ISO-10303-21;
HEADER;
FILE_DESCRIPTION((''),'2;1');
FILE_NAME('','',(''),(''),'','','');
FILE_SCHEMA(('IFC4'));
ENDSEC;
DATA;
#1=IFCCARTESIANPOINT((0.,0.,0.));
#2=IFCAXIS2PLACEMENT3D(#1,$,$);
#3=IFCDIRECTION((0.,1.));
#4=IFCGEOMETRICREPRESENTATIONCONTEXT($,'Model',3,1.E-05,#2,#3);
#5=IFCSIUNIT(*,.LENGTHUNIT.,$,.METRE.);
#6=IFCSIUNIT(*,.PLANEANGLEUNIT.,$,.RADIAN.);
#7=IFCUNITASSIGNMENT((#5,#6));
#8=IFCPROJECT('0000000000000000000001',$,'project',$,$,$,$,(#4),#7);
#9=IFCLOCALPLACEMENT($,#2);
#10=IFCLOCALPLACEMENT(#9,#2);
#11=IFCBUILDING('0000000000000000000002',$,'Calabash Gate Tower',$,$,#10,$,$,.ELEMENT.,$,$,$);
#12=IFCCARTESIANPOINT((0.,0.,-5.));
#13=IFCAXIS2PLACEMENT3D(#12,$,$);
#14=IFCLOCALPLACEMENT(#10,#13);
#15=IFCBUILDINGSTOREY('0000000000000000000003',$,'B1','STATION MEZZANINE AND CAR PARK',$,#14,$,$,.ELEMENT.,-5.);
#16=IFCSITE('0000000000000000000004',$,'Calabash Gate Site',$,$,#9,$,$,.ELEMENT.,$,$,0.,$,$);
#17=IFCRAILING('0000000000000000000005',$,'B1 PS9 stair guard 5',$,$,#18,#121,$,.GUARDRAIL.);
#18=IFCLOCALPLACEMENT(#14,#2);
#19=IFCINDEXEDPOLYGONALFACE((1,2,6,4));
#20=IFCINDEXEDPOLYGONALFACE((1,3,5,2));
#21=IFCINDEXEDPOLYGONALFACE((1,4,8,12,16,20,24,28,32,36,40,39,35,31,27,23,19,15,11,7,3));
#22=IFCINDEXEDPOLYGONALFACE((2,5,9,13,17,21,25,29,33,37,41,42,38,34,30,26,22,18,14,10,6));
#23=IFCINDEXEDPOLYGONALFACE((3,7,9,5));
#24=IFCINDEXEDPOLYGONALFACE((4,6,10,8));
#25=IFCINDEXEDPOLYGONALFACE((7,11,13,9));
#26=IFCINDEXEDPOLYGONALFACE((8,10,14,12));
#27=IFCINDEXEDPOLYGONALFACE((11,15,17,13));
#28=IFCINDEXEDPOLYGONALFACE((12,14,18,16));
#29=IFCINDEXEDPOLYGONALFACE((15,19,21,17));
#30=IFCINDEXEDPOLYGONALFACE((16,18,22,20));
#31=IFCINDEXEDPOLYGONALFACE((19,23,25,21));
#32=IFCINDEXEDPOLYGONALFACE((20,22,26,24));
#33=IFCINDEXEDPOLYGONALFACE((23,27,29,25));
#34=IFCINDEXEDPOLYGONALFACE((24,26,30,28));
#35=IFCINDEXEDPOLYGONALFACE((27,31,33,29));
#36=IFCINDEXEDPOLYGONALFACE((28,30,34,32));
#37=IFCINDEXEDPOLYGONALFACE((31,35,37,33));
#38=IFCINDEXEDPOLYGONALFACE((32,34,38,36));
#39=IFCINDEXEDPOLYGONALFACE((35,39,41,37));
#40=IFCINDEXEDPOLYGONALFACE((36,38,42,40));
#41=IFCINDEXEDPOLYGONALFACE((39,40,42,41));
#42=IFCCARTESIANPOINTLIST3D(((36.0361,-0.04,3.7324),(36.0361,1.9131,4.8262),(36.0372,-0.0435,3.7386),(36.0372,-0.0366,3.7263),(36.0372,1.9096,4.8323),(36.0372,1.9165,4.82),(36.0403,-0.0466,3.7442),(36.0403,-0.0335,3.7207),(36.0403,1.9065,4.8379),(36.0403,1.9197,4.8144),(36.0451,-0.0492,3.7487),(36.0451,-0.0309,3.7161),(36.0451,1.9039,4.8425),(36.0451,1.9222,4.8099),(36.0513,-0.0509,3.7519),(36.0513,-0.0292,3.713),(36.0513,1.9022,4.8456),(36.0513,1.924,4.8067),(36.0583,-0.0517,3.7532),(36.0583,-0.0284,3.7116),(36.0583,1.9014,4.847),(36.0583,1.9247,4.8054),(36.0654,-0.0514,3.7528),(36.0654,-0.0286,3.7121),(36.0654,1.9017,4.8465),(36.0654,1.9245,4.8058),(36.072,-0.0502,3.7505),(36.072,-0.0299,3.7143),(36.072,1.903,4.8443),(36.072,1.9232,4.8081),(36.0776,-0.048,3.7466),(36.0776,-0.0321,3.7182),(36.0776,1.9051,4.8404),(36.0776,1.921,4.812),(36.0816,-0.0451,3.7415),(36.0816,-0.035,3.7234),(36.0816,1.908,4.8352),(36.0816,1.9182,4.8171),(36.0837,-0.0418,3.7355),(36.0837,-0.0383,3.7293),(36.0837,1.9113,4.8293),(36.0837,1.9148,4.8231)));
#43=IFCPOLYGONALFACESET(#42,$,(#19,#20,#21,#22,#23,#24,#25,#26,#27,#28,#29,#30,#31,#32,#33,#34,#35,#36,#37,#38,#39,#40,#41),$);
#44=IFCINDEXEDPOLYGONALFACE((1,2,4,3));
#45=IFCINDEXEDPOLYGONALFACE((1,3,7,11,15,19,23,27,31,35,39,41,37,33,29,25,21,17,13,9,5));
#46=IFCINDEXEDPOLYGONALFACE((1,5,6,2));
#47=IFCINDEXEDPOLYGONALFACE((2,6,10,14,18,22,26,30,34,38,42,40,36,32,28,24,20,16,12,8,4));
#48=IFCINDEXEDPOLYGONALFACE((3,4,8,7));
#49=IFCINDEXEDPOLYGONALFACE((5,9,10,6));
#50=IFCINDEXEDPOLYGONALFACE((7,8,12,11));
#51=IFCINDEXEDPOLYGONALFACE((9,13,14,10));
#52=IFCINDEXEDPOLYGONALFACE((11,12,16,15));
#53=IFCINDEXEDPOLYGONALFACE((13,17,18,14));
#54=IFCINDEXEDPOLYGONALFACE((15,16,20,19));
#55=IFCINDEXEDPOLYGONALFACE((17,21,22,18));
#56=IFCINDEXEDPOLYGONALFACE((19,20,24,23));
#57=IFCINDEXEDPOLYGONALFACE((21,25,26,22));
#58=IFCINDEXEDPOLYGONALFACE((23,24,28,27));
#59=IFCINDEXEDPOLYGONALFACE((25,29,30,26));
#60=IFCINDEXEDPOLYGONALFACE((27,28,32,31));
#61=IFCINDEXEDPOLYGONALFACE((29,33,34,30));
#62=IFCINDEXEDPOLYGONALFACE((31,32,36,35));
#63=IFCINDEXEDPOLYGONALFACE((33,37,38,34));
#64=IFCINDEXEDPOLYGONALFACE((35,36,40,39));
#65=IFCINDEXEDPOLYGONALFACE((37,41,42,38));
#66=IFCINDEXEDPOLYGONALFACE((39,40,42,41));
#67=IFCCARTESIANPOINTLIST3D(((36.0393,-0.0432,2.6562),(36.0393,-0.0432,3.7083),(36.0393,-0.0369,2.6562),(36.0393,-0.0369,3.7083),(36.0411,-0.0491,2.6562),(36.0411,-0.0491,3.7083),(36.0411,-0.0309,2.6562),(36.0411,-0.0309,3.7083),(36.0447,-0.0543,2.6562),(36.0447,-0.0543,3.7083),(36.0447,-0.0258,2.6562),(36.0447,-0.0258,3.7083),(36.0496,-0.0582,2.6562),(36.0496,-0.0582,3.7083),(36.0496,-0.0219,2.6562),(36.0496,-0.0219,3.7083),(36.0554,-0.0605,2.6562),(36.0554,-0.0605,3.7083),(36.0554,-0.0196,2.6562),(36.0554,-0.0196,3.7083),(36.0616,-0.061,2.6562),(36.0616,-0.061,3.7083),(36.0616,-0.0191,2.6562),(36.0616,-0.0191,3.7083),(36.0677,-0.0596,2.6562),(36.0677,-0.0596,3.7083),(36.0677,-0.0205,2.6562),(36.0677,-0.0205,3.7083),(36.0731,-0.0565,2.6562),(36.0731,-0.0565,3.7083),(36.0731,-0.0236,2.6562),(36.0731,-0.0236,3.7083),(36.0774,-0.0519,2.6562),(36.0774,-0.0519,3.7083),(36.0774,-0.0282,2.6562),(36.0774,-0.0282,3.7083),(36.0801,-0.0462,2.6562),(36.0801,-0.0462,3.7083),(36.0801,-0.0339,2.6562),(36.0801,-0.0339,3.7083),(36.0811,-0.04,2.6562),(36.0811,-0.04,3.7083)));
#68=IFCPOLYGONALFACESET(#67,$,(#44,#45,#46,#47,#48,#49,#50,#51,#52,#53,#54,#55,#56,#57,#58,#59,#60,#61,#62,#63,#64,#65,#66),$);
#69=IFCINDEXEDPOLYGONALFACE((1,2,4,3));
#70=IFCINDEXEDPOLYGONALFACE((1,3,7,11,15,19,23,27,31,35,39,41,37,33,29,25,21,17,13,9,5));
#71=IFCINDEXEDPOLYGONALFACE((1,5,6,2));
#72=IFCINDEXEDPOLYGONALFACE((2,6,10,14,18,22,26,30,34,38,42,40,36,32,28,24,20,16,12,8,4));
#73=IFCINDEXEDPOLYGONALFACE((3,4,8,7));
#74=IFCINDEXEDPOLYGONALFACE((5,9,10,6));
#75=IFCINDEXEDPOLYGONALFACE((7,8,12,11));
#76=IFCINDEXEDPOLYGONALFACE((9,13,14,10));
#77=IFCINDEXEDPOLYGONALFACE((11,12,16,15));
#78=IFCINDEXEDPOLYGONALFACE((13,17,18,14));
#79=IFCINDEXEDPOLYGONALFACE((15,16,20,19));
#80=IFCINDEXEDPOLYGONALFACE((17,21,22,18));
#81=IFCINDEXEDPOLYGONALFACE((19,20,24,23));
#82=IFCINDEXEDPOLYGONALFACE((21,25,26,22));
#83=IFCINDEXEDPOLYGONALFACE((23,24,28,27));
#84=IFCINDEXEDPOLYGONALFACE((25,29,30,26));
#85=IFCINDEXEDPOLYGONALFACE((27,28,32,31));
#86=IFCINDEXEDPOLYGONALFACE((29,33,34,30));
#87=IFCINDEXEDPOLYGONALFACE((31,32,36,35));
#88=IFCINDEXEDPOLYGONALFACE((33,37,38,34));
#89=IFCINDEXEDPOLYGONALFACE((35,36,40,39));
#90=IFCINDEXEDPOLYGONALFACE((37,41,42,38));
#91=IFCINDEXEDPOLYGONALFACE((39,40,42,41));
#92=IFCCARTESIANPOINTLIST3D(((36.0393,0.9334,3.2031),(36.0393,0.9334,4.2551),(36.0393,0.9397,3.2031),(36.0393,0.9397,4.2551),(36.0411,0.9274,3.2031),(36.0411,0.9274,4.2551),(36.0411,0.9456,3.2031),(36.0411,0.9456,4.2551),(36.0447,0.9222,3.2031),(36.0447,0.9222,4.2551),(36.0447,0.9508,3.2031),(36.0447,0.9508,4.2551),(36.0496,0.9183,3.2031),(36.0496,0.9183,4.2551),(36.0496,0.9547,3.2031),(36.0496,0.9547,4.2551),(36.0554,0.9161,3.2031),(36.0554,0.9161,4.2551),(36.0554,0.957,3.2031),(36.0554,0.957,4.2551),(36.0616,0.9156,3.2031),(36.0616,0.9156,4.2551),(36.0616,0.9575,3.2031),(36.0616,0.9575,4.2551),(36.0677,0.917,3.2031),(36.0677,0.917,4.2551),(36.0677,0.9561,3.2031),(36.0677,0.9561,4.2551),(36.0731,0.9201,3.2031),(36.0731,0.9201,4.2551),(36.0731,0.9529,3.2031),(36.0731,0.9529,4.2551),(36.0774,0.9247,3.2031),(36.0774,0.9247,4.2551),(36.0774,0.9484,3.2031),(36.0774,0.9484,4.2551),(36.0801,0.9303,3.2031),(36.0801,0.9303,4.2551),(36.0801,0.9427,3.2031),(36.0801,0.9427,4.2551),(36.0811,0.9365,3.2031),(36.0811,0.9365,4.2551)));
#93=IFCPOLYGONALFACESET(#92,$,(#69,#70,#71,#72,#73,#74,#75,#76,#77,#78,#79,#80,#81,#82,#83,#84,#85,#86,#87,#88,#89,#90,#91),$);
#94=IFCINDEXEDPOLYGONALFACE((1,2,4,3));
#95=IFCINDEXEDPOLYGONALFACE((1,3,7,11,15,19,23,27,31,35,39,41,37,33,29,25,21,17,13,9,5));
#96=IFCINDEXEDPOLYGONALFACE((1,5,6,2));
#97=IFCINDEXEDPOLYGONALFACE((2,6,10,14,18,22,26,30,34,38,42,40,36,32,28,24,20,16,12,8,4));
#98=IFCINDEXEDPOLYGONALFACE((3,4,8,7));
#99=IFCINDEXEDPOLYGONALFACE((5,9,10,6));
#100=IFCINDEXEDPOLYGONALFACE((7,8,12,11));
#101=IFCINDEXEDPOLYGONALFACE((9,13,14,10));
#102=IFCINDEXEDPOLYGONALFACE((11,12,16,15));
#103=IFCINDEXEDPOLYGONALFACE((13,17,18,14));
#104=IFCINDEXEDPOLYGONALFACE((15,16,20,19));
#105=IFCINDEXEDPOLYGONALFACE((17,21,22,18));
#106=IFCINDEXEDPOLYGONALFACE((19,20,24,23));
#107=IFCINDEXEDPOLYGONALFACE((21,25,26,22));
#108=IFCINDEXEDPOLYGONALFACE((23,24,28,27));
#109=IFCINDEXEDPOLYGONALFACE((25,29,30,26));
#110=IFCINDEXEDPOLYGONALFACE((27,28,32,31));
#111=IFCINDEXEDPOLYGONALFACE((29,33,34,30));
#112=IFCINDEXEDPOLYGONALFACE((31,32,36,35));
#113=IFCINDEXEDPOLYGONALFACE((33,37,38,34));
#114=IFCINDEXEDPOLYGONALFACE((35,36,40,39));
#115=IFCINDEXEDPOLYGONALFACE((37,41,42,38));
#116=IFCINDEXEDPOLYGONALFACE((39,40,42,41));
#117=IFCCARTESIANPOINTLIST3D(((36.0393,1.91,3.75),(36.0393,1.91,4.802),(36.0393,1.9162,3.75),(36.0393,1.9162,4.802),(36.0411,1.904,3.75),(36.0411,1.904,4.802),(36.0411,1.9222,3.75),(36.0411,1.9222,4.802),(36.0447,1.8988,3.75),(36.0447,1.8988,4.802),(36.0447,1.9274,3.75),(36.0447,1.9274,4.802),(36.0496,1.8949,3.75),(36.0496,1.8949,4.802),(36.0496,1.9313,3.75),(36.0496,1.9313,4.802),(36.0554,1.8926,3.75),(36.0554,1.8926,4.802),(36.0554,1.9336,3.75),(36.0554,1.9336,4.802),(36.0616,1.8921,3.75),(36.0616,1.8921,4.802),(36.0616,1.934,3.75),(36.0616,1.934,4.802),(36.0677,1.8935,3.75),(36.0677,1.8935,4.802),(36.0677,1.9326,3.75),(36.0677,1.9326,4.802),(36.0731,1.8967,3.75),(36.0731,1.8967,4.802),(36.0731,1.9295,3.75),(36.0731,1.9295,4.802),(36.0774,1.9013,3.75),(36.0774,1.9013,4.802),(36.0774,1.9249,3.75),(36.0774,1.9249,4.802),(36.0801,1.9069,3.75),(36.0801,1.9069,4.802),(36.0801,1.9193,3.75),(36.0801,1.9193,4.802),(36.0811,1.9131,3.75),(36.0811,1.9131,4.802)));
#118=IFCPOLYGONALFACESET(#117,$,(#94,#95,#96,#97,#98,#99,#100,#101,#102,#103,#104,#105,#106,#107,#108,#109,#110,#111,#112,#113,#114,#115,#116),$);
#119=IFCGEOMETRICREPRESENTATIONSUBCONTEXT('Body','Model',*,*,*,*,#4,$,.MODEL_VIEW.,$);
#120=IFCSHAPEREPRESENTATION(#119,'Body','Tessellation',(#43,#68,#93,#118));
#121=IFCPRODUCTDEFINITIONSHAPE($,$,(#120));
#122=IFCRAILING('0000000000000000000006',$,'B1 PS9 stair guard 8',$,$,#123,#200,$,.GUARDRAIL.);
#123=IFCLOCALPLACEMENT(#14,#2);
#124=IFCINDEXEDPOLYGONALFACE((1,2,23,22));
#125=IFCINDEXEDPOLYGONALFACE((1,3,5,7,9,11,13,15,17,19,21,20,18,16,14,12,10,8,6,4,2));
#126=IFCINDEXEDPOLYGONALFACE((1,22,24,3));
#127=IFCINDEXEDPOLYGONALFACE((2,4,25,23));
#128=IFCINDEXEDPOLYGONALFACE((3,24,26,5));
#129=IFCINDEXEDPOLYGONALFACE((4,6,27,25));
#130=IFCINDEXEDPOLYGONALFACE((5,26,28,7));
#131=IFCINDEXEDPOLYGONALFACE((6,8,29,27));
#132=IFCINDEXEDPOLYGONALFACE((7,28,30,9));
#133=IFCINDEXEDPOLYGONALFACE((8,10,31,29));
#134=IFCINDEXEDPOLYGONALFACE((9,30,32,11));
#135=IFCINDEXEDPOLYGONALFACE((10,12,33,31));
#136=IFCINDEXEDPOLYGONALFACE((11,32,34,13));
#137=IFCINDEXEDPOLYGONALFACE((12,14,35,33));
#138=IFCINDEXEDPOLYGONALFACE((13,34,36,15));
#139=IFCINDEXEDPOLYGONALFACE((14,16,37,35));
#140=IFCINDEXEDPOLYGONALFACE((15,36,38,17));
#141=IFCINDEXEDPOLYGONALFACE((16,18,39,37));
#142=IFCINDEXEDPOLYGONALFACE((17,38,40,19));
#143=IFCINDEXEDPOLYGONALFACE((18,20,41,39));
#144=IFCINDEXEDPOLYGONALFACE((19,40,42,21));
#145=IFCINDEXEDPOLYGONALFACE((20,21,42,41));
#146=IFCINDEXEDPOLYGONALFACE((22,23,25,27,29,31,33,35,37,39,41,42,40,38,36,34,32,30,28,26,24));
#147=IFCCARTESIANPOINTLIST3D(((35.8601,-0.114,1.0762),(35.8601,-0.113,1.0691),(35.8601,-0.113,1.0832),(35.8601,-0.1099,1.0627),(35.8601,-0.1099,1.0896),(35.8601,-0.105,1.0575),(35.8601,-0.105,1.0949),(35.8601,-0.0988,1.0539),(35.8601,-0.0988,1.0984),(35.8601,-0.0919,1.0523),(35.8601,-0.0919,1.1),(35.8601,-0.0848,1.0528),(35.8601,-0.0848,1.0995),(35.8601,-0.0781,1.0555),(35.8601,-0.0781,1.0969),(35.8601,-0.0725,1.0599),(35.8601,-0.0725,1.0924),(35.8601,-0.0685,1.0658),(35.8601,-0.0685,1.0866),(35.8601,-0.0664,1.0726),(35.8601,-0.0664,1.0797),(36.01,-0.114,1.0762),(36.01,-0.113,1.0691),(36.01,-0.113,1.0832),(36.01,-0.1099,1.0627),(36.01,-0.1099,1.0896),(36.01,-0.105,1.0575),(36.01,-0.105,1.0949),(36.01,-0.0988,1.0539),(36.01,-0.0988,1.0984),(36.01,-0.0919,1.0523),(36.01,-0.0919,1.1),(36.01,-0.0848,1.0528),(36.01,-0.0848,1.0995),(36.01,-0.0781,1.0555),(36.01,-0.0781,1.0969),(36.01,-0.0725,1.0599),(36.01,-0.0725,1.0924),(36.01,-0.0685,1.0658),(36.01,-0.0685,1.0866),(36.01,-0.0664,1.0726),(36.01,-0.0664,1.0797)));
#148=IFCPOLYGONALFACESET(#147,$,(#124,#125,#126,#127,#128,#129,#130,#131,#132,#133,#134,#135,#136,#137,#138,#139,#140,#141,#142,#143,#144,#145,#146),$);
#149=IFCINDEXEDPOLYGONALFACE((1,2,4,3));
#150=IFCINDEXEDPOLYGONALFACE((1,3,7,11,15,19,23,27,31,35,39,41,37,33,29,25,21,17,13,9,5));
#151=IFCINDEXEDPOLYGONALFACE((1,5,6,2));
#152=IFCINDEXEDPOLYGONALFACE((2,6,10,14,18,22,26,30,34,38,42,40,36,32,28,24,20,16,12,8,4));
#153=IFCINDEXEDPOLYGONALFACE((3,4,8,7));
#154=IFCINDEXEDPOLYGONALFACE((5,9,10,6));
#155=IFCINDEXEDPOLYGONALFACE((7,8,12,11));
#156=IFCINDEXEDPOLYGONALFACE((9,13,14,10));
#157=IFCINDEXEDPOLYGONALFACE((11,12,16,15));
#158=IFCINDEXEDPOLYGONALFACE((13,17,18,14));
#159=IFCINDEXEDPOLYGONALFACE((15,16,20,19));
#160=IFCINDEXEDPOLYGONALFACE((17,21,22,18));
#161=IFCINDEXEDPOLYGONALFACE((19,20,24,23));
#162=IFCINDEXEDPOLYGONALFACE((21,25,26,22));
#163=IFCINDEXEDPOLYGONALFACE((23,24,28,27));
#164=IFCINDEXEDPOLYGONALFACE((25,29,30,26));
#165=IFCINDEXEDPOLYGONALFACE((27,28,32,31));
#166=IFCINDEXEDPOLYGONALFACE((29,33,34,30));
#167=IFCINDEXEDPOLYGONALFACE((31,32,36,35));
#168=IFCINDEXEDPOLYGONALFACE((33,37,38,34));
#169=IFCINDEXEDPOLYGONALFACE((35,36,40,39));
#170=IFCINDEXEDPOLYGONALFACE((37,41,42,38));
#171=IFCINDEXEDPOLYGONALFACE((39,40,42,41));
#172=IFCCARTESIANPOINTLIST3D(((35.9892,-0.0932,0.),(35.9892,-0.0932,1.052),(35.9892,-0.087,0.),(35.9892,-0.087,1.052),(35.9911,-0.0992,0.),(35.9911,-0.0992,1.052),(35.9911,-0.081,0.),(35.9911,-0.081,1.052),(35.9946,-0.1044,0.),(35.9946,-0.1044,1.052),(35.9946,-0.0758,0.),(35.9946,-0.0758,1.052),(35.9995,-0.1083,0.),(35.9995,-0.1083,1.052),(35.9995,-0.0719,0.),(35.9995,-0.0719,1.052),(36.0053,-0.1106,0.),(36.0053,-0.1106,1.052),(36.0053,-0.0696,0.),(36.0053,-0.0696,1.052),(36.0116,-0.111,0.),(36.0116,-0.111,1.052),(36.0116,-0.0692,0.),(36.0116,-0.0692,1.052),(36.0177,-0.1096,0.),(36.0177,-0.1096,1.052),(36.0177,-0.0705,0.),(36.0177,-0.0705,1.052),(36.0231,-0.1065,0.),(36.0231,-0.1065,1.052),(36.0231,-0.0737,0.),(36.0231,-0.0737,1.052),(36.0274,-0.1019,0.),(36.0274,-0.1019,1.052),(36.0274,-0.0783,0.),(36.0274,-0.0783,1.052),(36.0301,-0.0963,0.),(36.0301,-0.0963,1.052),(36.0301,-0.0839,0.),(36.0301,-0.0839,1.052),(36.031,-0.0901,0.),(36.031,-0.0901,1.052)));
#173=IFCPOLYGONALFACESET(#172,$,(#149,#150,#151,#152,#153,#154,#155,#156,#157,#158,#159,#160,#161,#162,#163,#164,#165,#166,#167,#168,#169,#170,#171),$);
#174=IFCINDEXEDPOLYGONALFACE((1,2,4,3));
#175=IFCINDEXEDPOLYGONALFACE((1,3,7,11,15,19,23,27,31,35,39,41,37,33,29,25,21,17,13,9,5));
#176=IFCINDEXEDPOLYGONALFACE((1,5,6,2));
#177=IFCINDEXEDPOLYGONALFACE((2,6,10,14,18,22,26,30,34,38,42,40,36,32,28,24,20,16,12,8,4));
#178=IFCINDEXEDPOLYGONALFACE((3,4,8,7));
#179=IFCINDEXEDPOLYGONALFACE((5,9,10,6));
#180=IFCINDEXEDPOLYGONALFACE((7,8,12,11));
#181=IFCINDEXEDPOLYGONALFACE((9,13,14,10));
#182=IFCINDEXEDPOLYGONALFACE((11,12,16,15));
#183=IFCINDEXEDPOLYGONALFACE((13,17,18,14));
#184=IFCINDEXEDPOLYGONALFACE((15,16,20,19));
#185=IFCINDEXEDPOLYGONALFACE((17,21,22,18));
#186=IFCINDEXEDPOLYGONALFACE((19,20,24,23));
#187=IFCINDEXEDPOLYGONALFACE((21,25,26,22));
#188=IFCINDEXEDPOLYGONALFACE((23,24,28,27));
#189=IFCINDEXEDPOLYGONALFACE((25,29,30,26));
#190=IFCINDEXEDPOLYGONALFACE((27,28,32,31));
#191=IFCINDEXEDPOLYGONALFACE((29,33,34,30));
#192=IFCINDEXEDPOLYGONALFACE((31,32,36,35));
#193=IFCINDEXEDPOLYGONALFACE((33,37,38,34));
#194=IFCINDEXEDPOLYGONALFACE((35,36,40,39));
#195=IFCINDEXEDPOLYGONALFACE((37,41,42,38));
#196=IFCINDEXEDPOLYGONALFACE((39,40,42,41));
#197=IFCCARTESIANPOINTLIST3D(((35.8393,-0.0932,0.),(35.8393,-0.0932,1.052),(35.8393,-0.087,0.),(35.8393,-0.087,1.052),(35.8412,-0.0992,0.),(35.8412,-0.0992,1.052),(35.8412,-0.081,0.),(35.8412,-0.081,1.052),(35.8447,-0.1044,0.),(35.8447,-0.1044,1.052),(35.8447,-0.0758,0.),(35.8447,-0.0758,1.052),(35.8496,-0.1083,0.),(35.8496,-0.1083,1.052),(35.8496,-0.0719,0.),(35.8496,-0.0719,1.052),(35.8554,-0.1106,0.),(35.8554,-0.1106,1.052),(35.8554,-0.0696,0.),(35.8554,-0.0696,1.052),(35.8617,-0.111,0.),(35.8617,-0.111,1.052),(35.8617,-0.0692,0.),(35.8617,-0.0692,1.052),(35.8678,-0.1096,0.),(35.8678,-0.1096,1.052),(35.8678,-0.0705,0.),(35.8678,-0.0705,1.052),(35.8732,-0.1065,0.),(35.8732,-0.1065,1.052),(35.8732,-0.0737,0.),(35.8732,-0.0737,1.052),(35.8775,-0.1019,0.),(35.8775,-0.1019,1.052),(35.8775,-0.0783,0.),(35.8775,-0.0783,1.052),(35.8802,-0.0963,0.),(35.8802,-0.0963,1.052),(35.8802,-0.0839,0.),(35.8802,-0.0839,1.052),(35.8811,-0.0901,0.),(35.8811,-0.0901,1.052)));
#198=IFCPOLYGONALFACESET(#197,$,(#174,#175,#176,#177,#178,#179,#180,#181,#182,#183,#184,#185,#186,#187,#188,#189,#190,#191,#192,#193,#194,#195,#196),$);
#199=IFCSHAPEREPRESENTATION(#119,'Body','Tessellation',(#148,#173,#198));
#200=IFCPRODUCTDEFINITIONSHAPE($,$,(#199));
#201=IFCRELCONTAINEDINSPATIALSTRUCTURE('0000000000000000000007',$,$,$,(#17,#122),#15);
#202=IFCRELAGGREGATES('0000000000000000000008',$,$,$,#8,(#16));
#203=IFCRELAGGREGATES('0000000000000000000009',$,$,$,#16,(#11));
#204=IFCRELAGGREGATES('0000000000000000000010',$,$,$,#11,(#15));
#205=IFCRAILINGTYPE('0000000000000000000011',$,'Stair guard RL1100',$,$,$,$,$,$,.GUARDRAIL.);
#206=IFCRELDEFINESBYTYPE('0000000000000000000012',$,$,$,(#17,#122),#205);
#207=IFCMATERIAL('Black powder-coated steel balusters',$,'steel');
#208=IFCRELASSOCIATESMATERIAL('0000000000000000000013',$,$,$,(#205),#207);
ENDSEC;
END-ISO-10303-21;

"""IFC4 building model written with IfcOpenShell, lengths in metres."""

from ifc_helpers import new_model, si_unit, direction, frame, origin, origin_2d, place, context, subcontext, project, spatial, circle, extrude, material, type_object, element, save


model = new_model("IFC4")

# Units and contexts
model_context = context("Model", 3, precision=1e-05, world=origin(), true_north=direction((0.0, 1.0)))
body_context = subcontext(model_context, "Body", "Model", "MODEL_VIEW")
ifc_project = project(units=[si_unit("LENGTHUNIT", "METRE"), si_unit("PLANEANGLEUNIT", "RADIAN")], contexts=[model_context])

# Site, building, storey
site_placement = place(None, origin())
site = spatial("IfcSite", under=ifc_project, at=site_placement, Name="Calabash Gate Site", CompositionType="ELEMENT", RefElevation=0.0)
building_placement = place(site_placement, origin())
building = spatial("IfcBuilding", under=site, at=building_placement, Name="Calabash Gate Tower", CompositionType="ELEMENT")
storey_placement = place(building_placement, frame((0.0, 0.0, -5.0)))
storey = spatial("IfcBuildingStorey", under=building, at=storey_placement, Name="B1", Description="STATION MEZZANINE AND CAR PARK", CompositionType="ELEMENT", Elevation=-5.0)

# Railings
ifc_material_1 = material(Name="Black powder-coated steel balusters", Category="steel")
railing_type_1 = type_object("IfcRailingType", Name="Stair guard RL1100", PredefinedType="GUARDRAIL", material=ifc_material_1)
railing_1_placement = place(storey_placement, frame((36.0601, -0.04, 2.6562)))
element("IfcRailing", 1, at=railing_1_placement, inside=storey, type_object=railing_type_1, Name="B1 PS9 stair guard 5", PredefinedType="GUARDRAIL", context=body_context, shape_type="SweptSolid", body=[
    extrude(circle(Radius=0.0239, at=origin_2d()), frame((0.0, 0.0, 1.0762), z_axis=(0.0, 0.872506, 0.488603), x_axis=(-1.0, 0.0, 0.0)), (0.0, 0.0, 1.0), 2.2385),
    extrude(circle(Radius=0.021, at=origin_2d()), origin(), (0.0, 0.0, 1.0), 1.052),
    extrude(circle(Radius=0.021, at=origin_2d()), frame((0.0, 0.9766, 0.5469)), (0.0, 0.0, 1.0), 1.052),
    extrude(circle(Radius=0.021, at=origin_2d()), frame((0.0, 1.9531, 1.0938)), (0.0, 0.0, 1.0), 1.052),
])
railing_2_placement = place(storey_placement, frame((36.01, -0.0901, 0.0)))
element("IfcRailing", 2, at=railing_2_placement, inside=storey, type_object=railing_type_1, Name="B1 PS9 stair guard 8", PredefinedType="GUARDRAIL", context=body_context, shape_type="SweptSolid", body=[
    extrude(circle(Radius=0.0239, at=origin_2d()), frame((0.0, 0.0, 1.0762), z_axis=(-1.0, 0.0, 0.0), x_axis=(0.0, -1.0, 0.0)), (0.0, 0.0, 1.0), 0.1499),
    extrude(circle(Radius=0.021, at=origin_2d()), origin(), (0.0, 0.0, 1.0), 1.052),
    extrude(circle(Radius=0.021, at=origin_2d()), frame((-0.1499, 0.0, 0.0)), (0.0, 0.0, 1.0), 1.052),
])

save(model, "model.ifc")
